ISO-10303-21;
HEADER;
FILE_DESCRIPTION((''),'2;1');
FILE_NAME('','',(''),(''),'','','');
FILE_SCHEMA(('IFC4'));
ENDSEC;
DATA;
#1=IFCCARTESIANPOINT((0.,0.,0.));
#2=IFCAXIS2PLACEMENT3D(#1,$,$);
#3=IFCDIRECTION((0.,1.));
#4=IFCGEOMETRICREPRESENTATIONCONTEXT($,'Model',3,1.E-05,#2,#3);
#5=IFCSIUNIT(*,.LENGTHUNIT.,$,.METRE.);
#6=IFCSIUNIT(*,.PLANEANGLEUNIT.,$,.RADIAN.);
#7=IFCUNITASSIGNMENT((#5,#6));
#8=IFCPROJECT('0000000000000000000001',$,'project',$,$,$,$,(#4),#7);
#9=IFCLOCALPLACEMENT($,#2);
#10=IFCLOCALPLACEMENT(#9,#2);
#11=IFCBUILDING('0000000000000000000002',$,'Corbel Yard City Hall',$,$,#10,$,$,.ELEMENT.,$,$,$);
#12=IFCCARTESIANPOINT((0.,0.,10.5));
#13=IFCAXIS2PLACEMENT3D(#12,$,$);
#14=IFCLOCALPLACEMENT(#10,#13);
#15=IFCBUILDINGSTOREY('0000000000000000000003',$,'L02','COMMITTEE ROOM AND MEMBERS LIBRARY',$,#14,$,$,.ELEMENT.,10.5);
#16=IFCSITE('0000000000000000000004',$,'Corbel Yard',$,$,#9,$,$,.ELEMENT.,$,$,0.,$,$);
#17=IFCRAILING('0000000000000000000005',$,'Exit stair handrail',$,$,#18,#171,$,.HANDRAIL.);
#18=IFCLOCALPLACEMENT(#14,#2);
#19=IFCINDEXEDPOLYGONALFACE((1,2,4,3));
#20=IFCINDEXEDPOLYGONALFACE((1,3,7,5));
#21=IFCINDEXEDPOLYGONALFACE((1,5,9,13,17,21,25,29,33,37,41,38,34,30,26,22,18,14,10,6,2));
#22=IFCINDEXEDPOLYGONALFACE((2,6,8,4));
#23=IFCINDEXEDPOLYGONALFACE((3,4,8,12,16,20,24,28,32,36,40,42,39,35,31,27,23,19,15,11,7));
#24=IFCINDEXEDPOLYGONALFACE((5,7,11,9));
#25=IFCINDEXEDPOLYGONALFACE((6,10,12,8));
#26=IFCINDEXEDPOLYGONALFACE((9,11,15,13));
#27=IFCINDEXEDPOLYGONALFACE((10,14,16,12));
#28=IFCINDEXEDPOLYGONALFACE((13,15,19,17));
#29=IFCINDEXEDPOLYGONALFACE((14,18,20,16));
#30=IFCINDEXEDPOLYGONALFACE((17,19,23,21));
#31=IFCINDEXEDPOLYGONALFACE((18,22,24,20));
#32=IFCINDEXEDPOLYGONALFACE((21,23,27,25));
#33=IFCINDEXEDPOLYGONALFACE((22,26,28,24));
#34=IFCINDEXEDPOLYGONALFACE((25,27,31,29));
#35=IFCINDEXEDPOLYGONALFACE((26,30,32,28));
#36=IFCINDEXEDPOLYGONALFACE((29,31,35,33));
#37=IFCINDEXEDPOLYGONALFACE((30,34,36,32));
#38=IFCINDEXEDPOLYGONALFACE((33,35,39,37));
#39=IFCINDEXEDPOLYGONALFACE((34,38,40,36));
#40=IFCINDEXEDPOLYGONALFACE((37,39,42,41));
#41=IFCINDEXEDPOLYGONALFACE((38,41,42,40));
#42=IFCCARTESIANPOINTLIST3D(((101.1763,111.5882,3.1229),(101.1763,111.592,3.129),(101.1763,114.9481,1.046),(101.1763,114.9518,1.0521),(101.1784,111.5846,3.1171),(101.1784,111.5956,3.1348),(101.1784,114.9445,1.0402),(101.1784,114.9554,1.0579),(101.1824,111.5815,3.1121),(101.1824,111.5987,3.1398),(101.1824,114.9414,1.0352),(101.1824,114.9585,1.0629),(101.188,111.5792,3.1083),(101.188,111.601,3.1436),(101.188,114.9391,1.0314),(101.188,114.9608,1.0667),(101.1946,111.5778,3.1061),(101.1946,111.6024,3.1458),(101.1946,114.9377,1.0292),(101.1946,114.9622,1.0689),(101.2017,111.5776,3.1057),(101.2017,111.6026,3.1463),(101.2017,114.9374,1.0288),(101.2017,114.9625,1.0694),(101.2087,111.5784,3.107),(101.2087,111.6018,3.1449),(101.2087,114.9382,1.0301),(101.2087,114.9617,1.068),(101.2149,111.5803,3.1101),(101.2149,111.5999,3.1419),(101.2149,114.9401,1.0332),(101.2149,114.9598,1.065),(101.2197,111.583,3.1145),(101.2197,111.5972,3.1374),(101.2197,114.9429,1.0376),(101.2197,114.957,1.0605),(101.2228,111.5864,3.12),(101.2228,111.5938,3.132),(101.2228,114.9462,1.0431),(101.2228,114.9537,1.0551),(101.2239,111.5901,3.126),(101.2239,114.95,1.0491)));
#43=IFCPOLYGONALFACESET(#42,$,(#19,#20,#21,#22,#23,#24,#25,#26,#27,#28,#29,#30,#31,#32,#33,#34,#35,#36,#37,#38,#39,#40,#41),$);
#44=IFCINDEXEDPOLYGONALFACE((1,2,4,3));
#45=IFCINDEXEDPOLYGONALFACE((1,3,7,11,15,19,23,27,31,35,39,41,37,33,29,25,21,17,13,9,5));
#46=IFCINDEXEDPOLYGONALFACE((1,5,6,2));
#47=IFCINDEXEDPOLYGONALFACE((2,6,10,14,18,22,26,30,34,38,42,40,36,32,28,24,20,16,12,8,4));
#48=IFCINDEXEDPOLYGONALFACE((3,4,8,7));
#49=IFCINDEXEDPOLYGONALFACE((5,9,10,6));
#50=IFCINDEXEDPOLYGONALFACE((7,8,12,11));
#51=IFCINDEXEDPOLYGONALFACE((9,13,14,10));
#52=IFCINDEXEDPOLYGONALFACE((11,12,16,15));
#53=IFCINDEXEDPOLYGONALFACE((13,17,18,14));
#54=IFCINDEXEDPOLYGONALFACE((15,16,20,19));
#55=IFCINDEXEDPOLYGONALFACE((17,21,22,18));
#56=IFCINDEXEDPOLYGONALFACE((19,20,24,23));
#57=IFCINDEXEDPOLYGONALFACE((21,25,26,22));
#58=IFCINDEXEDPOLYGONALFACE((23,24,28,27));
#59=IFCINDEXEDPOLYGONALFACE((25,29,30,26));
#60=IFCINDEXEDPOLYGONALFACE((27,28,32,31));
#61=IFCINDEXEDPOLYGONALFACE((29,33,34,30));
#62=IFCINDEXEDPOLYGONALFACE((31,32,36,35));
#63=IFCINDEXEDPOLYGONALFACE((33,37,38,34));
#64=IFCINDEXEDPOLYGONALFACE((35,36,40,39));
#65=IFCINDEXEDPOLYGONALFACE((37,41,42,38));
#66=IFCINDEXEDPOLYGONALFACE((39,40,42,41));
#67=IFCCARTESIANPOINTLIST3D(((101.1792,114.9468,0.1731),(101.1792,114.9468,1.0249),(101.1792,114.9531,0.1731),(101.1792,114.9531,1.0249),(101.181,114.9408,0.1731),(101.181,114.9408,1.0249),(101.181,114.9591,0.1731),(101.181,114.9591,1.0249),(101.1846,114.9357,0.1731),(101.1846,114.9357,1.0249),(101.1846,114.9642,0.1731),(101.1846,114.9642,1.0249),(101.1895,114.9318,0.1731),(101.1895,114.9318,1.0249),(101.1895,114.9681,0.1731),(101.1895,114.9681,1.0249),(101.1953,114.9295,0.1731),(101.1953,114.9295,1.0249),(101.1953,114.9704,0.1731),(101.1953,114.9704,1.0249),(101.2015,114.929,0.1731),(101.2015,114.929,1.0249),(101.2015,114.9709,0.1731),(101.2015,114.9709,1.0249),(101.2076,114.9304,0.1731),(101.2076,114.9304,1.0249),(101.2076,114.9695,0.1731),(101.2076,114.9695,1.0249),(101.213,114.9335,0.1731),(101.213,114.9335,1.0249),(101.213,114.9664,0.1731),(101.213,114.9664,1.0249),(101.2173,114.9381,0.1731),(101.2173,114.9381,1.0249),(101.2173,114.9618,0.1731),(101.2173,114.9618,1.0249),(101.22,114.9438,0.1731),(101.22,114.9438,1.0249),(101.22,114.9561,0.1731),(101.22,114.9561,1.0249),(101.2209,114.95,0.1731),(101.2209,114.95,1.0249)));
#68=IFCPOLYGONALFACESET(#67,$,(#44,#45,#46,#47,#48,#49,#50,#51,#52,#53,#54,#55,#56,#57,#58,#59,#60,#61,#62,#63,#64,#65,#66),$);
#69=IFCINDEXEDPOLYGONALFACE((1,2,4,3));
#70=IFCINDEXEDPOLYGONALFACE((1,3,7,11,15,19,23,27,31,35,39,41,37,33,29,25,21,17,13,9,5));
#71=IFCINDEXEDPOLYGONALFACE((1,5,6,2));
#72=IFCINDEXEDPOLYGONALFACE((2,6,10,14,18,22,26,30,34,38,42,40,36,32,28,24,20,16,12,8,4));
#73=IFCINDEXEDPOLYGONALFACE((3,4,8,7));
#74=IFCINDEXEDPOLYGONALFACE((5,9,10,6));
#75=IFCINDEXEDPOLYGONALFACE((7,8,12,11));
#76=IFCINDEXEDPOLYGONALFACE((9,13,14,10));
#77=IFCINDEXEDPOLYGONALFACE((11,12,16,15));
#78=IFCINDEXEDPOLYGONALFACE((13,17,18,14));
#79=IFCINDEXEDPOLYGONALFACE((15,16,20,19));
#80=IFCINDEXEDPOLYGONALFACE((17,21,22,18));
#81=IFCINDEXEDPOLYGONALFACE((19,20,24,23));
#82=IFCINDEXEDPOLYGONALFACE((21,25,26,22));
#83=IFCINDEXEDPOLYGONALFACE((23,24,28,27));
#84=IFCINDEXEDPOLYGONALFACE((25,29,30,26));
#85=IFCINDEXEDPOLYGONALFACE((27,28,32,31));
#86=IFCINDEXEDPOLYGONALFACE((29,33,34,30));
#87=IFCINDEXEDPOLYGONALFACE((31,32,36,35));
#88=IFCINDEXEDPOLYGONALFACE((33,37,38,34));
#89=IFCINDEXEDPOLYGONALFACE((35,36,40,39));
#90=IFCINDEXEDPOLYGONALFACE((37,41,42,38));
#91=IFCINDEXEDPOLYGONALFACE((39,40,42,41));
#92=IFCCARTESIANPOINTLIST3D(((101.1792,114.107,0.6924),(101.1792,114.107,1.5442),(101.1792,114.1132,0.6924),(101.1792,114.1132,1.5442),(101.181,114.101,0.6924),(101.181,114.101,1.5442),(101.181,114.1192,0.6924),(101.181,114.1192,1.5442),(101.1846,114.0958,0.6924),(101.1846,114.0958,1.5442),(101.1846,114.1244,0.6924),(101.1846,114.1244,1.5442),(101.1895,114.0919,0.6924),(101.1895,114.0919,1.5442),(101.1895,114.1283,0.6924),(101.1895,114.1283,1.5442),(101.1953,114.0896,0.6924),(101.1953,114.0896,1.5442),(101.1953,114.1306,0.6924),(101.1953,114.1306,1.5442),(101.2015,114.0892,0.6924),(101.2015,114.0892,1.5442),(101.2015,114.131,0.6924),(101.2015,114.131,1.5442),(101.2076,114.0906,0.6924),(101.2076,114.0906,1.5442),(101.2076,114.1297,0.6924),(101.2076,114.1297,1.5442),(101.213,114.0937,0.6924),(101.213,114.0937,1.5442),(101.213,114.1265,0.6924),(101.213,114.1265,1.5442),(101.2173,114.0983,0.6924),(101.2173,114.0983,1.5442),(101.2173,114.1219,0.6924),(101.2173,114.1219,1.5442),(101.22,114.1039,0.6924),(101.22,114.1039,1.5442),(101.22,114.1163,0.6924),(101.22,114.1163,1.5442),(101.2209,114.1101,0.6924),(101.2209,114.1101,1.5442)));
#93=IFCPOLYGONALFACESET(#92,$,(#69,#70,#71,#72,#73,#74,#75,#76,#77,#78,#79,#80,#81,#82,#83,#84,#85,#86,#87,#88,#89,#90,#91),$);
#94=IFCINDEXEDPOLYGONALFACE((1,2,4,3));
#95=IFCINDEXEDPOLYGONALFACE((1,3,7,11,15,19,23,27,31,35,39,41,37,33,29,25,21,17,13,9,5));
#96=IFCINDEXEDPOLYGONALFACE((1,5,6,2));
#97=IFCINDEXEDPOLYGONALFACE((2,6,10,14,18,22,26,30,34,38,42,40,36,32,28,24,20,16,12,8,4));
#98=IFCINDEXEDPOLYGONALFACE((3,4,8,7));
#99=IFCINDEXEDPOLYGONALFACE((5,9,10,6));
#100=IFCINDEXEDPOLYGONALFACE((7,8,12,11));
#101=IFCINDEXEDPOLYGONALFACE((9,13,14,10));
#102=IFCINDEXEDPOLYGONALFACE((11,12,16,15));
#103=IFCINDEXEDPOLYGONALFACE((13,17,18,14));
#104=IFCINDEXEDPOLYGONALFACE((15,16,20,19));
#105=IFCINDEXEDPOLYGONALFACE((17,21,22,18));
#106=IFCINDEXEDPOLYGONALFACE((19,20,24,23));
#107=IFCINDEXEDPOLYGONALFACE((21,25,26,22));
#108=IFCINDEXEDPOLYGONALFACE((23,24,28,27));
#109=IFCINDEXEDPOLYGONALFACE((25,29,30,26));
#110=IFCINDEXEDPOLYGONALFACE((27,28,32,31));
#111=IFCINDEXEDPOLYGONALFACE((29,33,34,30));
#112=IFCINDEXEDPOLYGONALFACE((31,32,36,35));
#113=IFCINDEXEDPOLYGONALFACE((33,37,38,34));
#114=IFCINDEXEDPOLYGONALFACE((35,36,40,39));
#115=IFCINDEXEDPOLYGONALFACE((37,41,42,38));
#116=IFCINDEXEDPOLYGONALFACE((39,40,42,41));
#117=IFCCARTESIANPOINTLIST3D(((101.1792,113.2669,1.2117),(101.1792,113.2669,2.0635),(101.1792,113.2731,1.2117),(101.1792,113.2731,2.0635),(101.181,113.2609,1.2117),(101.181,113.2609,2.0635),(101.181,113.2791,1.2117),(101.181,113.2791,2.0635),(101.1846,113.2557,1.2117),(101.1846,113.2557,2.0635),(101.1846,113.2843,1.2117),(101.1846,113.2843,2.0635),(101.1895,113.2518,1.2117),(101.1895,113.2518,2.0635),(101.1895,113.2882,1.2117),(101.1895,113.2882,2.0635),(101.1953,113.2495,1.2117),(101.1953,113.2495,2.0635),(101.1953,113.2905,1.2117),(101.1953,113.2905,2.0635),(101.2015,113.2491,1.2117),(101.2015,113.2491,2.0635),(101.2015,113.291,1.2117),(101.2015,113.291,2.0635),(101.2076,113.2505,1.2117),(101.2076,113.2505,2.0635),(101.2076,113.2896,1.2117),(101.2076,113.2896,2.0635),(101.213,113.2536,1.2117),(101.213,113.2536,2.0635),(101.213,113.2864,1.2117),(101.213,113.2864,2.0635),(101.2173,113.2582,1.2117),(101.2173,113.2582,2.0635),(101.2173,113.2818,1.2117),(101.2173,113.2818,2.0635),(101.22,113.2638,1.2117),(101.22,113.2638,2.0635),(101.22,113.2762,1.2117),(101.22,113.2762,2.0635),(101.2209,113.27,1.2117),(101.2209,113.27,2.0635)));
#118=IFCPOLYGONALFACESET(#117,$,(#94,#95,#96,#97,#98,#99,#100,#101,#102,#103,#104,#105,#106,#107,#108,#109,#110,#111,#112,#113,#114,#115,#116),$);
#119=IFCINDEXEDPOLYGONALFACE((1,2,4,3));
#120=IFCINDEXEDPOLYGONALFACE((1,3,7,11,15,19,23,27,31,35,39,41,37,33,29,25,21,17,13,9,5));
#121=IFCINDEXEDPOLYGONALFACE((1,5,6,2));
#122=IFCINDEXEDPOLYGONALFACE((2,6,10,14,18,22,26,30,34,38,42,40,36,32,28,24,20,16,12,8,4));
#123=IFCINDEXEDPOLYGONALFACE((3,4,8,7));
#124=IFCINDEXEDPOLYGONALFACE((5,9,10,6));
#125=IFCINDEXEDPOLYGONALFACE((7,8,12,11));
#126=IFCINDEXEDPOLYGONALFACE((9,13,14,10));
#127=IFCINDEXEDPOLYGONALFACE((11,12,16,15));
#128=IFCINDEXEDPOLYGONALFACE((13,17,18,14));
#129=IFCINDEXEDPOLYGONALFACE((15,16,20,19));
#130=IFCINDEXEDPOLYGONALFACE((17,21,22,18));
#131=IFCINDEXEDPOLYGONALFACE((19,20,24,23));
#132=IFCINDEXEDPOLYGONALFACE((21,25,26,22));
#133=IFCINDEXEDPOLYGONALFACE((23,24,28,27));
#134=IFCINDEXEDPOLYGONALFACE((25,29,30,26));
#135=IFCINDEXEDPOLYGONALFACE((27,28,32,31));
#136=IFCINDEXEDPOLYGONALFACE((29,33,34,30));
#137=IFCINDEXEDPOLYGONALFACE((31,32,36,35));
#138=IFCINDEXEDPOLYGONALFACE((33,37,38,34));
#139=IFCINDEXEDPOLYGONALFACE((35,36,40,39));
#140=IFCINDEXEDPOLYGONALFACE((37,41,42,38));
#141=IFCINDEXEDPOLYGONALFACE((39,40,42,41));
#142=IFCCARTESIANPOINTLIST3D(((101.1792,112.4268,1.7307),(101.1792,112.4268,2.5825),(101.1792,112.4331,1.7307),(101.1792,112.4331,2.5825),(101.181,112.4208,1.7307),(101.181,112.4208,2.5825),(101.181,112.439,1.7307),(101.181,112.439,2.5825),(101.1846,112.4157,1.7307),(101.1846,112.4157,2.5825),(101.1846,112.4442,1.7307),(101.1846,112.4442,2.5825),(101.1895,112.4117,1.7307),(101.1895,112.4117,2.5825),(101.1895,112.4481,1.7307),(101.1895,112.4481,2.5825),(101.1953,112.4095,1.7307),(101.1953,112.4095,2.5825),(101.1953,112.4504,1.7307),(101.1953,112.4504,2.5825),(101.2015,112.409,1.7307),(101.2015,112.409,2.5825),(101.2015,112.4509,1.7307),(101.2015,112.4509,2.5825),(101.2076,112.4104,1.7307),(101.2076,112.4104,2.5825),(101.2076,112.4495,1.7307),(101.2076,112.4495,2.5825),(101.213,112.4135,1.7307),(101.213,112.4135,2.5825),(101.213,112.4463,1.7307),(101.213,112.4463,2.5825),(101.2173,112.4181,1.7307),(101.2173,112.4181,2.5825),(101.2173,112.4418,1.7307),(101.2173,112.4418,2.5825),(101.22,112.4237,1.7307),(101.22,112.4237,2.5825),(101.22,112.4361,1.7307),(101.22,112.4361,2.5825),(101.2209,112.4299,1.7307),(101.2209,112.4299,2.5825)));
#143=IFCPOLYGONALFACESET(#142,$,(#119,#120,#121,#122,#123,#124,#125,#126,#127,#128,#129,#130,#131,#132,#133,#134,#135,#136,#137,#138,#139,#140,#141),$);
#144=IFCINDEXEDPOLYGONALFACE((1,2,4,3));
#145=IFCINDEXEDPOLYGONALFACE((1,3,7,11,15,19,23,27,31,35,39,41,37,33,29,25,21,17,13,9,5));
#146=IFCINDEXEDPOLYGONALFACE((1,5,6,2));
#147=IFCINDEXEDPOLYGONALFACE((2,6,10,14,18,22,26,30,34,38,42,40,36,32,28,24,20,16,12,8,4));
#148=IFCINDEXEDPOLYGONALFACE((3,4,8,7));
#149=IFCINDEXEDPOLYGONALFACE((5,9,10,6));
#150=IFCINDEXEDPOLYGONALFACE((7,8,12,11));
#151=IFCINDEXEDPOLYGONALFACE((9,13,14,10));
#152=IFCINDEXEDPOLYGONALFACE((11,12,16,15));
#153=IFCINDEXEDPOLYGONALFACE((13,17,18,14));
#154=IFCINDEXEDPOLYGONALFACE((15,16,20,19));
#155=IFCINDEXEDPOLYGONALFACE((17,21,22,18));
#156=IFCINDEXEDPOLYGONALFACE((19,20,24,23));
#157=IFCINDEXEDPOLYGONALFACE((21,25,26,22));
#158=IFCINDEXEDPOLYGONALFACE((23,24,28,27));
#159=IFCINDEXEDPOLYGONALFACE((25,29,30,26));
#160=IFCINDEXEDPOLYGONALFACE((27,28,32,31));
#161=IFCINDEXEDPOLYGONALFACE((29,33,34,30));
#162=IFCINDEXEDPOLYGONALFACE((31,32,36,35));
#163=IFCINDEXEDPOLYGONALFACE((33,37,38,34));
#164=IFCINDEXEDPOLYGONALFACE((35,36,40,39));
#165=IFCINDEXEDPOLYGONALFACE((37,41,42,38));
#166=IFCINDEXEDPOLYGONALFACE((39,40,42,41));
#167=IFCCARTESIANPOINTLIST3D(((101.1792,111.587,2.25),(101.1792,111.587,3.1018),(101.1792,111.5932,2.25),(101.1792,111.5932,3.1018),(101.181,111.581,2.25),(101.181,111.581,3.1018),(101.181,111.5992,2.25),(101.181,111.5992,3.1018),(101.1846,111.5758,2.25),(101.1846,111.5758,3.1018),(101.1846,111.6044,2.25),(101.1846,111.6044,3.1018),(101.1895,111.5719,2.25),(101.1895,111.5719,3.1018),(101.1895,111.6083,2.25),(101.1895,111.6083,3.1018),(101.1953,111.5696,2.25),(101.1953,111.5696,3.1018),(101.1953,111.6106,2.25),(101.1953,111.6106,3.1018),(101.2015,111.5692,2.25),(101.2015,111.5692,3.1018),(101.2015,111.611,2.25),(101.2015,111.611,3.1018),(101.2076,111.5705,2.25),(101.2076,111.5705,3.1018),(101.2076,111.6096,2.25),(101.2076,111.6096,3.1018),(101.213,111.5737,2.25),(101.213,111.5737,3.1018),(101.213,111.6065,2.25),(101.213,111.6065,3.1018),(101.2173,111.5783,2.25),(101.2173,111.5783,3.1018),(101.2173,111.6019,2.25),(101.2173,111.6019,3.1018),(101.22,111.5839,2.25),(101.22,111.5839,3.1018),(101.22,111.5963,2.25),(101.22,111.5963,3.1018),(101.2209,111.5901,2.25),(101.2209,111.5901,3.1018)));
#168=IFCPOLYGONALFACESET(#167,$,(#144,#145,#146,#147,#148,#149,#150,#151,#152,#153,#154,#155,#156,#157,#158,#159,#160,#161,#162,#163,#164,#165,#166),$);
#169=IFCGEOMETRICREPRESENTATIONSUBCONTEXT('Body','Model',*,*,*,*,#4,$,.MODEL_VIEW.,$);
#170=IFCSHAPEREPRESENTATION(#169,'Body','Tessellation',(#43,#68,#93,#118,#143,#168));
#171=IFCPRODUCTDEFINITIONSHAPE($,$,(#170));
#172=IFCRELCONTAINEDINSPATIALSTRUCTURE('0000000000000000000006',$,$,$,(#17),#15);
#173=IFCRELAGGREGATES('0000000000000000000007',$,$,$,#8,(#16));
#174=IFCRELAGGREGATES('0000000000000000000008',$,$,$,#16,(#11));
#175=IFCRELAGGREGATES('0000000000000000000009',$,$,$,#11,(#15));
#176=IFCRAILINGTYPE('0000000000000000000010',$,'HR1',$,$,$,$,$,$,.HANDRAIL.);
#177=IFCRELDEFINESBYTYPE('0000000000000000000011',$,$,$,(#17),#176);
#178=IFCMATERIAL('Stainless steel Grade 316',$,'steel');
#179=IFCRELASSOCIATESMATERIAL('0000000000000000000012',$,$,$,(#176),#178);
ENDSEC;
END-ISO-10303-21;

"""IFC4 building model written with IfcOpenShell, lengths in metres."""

from ifc_helpers import new_model, si_unit, direction, frame, origin, origin_2d, place, context, subcontext, project, spatial, circle, extrude, material, type_object, element, save


model = new_model("IFC4")

# Units and contexts
model_context = context("Model", 3, precision=1e-05, world=origin(), true_north=direction((0.0, 1.0)))
body_context = subcontext(model_context, "Body", "Model", "MODEL_VIEW")
ifc_project = project(units=[si_unit("LENGTHUNIT", "METRE"), si_unit("PLANEANGLEUNIT", "RADIAN")], contexts=[model_context])

# Site, building, storey
site_placement = place(None, origin())
site = spatial("IfcSite", under=ifc_project, at=site_placement, Name="Corbel Yard", CompositionType="ELEMENT", RefElevation=0.0)
building_placement = place(site_placement, origin())
building = spatial("IfcBuilding", under=site, at=building_placement, Name="Corbel Yard City Hall", CompositionType="ELEMENT")
storey_placement = place(building_placement, frame((0.0, 0.0, 10.5)))
storey = spatial("IfcBuildingStorey", under=building, at=storey_placement, Name="L02", Description="COMMITTEE ROOM AND MEMBERS LIBRARY", CompositionType="ELEMENT", Elevation=10.5)

# Shared definitions
ifc_material_1 = material(Name="Stainless steel Grade 316", Category="steel")

# Railing
railing_type_1 = type_object("IfcRailingType", Name="HR1", PredefinedType="HANDRAIL", material=ifc_material_1)
for number, where, name in (
    (1, (101.2, 114.95, 0.1731), "Exit stair handrail"),
):
    element("IfcRailing", number, at=place(storey_placement, frame(where)), inside=storey, type_object=railing_type_1, Name=name, PredefinedType="HANDRAIL", context=body_context, shape_type="SweptSolid", body=[
        extrude(circle(Radius=0.0239, at=origin_2d()), frame((0.0, 0.0, 0.876), z_axis=(0.0, -0.850606, 0.525803), x_axis=(1.0, 0.0, 0.0)), (0.0, 0.0, 1.0), 3.95),
        extrude(circle(Radius=0.021, at=origin_2d()), origin(), (0.0, 0.0, 1.0), 0.8518),
        extrude(circle(Radius=0.021, at=origin_2d()), frame((0.0, -0.8398, 0.5193)), (0.0, 0.0, 1.0), 0.8518),
        extrude(circle(Radius=0.021, at=origin_2d()), frame((0.0, -1.6799, 1.0386)), (0.0, 0.0, 1.0), 0.8518),
        extrude(circle(Radius=0.021, at=origin_2d()), frame((0.0, -2.52, 1.5576)), (0.0, 0.0, 1.0), 0.8518),
        extrude(circle(Radius=0.021, at=origin_2d()), frame((0.0, -3.3599, 2.0769)), (0.0, 0.0, 1.0), 0.8518),
    ])

save(model, "model.ifc")
